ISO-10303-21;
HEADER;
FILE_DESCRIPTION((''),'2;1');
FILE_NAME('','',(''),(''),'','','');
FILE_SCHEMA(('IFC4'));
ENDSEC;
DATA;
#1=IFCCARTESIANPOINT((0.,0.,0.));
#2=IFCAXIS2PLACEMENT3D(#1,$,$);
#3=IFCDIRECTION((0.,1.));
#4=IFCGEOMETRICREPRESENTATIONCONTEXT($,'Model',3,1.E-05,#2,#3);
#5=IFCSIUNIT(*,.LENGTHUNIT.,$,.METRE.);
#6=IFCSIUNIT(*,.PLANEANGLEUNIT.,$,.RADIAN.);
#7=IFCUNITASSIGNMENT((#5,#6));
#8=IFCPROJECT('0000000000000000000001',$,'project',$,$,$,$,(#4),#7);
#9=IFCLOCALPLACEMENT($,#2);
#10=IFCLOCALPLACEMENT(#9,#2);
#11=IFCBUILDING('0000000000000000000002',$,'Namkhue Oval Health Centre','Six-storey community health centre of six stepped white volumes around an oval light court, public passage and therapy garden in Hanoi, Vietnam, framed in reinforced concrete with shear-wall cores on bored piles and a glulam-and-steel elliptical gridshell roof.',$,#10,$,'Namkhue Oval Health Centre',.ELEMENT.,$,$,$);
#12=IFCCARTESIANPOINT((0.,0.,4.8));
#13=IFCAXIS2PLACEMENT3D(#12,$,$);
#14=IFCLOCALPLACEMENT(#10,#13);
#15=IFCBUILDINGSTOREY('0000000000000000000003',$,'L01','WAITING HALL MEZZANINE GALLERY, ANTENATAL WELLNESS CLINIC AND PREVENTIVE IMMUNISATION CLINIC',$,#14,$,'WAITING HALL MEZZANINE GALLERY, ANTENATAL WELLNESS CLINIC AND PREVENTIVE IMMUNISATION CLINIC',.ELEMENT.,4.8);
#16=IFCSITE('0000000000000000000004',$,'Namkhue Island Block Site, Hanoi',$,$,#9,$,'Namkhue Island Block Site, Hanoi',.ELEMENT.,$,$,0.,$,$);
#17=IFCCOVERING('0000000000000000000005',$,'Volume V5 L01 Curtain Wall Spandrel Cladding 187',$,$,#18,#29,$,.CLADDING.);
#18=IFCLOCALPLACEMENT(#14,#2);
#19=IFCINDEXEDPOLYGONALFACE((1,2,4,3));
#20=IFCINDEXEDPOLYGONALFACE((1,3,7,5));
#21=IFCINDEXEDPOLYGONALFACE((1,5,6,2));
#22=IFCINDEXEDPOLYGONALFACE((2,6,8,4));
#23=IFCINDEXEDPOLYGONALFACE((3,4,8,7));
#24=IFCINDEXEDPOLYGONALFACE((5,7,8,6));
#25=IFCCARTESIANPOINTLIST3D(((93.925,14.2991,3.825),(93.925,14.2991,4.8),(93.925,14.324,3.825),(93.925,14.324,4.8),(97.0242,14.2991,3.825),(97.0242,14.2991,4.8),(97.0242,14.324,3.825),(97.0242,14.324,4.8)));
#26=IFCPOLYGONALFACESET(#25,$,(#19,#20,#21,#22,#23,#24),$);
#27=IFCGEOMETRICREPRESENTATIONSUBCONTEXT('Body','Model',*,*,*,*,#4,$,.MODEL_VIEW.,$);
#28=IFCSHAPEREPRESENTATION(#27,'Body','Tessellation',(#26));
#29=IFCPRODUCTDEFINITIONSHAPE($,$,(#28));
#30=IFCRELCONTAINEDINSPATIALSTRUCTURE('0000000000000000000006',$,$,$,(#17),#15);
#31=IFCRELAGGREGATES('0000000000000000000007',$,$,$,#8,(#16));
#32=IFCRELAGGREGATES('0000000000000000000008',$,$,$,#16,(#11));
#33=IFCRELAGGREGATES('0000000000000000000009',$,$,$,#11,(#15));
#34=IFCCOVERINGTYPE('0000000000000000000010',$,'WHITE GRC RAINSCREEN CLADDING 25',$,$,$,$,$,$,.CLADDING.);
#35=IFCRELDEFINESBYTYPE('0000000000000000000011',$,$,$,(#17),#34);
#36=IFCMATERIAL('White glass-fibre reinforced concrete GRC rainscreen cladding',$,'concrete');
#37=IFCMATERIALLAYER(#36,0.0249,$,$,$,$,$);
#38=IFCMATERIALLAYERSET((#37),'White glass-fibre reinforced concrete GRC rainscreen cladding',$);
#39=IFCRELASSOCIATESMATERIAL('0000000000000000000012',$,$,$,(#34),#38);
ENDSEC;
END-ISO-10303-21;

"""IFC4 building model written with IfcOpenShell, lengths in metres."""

from ifc_helpers import new_model, si_unit, direction, frame, origin, origin_2d, place, context, subcontext, project, spatial, rectangle, extrude, material, layer, layer_set, type_object, element, save


model = new_model("IFC4")

# Units and contexts
model_context = context("Model", 3, precision=1e-05, world=origin(), true_north=direction((0.0, 1.0)))
body_context = subcontext(model_context, "Body", "Model", "MODEL_VIEW")
ifc_project = project(units=[si_unit("LENGTHUNIT", "METRE"), si_unit("PLANEANGLEUNIT", "RADIAN")], contexts=[model_context])

# Site, building, storey
site_placement = place(None, origin())
site = spatial("IfcSite", under=ifc_project, at=site_placement, Name="Namkhue Island Block Site, Hanoi", LongName="Namkhue Island Block Site, Hanoi", CompositionType="ELEMENT", RefElevation=0.0)
building_placement = place(site_placement, origin())
building = spatial("IfcBuilding", under=site, at=building_placement, Name="Namkhue Oval Health Centre", Description="Six-storey community health centre of six stepped white volumes around an oval light court, public passage and therapy garden in Hanoi, Vietnam, framed in reinforced concrete with shear-wall cores on bored piles and a glulam-and-steel elliptical gridshell roof.", LongName="Namkhue Oval Health Centre", CompositionType="ELEMENT")
storey_placement = place(building_placement, frame((0.0, 0.0, 4.8)))
storey = spatial("IfcBuildingStorey", under=building, at=storey_placement, Name="L01", Description="WAITING HALL MEZZANINE GALLERY, ANTENATAL WELLNESS CLINIC AND PREVENTIVE IMMUNISATION CLINIC", LongName="WAITING HALL MEZZANINE GALLERY, ANTENATAL WELLNESS CLINIC AND PREVENTIVE IMMUNISATION CLINIC", CompositionType="ELEMENT", Elevation=4.8)

# Covering
ifc_material_1 = material(Name="White glass-fibre reinforced concrete GRC rainscreen cladding", Category="concrete")
ifc_layer_1 = layer(ifc_material_1, 0.0249)
ifc_layer_set_1 = layer_set([ifc_layer_1], Name="White glass-fibre reinforced concrete GRC rainscreen cladding")
covering_type = type_object("IfcCoveringType", Name="WHITE GRC RAINSCREEN CLADDING 25", PredefinedType="CLADDING", material=ifc_layer_set_1)
covering_placement = place(storey_placement, frame((95.4746, 14.3115, 3.825), z_axis=(0.0, 0.0, 1.0), x_axis=(1.0, 0.0, 0.0)))
element("IfcCovering", 1, at=covering_placement, inside=storey, type_object=covering_type, Name="Volume V5 L01 Curtain Wall Spandrel Cladding 187", PredefinedType="CLADDING", context=body_context, shape_type="SweptSolid", body=[
    extrude(rectangle(XDim=3.0991, YDim=0.0249, at=origin_2d()), origin(), (0.0, 0.0, 1.0), 0.9751),
])

save(model, "model.ifc")
